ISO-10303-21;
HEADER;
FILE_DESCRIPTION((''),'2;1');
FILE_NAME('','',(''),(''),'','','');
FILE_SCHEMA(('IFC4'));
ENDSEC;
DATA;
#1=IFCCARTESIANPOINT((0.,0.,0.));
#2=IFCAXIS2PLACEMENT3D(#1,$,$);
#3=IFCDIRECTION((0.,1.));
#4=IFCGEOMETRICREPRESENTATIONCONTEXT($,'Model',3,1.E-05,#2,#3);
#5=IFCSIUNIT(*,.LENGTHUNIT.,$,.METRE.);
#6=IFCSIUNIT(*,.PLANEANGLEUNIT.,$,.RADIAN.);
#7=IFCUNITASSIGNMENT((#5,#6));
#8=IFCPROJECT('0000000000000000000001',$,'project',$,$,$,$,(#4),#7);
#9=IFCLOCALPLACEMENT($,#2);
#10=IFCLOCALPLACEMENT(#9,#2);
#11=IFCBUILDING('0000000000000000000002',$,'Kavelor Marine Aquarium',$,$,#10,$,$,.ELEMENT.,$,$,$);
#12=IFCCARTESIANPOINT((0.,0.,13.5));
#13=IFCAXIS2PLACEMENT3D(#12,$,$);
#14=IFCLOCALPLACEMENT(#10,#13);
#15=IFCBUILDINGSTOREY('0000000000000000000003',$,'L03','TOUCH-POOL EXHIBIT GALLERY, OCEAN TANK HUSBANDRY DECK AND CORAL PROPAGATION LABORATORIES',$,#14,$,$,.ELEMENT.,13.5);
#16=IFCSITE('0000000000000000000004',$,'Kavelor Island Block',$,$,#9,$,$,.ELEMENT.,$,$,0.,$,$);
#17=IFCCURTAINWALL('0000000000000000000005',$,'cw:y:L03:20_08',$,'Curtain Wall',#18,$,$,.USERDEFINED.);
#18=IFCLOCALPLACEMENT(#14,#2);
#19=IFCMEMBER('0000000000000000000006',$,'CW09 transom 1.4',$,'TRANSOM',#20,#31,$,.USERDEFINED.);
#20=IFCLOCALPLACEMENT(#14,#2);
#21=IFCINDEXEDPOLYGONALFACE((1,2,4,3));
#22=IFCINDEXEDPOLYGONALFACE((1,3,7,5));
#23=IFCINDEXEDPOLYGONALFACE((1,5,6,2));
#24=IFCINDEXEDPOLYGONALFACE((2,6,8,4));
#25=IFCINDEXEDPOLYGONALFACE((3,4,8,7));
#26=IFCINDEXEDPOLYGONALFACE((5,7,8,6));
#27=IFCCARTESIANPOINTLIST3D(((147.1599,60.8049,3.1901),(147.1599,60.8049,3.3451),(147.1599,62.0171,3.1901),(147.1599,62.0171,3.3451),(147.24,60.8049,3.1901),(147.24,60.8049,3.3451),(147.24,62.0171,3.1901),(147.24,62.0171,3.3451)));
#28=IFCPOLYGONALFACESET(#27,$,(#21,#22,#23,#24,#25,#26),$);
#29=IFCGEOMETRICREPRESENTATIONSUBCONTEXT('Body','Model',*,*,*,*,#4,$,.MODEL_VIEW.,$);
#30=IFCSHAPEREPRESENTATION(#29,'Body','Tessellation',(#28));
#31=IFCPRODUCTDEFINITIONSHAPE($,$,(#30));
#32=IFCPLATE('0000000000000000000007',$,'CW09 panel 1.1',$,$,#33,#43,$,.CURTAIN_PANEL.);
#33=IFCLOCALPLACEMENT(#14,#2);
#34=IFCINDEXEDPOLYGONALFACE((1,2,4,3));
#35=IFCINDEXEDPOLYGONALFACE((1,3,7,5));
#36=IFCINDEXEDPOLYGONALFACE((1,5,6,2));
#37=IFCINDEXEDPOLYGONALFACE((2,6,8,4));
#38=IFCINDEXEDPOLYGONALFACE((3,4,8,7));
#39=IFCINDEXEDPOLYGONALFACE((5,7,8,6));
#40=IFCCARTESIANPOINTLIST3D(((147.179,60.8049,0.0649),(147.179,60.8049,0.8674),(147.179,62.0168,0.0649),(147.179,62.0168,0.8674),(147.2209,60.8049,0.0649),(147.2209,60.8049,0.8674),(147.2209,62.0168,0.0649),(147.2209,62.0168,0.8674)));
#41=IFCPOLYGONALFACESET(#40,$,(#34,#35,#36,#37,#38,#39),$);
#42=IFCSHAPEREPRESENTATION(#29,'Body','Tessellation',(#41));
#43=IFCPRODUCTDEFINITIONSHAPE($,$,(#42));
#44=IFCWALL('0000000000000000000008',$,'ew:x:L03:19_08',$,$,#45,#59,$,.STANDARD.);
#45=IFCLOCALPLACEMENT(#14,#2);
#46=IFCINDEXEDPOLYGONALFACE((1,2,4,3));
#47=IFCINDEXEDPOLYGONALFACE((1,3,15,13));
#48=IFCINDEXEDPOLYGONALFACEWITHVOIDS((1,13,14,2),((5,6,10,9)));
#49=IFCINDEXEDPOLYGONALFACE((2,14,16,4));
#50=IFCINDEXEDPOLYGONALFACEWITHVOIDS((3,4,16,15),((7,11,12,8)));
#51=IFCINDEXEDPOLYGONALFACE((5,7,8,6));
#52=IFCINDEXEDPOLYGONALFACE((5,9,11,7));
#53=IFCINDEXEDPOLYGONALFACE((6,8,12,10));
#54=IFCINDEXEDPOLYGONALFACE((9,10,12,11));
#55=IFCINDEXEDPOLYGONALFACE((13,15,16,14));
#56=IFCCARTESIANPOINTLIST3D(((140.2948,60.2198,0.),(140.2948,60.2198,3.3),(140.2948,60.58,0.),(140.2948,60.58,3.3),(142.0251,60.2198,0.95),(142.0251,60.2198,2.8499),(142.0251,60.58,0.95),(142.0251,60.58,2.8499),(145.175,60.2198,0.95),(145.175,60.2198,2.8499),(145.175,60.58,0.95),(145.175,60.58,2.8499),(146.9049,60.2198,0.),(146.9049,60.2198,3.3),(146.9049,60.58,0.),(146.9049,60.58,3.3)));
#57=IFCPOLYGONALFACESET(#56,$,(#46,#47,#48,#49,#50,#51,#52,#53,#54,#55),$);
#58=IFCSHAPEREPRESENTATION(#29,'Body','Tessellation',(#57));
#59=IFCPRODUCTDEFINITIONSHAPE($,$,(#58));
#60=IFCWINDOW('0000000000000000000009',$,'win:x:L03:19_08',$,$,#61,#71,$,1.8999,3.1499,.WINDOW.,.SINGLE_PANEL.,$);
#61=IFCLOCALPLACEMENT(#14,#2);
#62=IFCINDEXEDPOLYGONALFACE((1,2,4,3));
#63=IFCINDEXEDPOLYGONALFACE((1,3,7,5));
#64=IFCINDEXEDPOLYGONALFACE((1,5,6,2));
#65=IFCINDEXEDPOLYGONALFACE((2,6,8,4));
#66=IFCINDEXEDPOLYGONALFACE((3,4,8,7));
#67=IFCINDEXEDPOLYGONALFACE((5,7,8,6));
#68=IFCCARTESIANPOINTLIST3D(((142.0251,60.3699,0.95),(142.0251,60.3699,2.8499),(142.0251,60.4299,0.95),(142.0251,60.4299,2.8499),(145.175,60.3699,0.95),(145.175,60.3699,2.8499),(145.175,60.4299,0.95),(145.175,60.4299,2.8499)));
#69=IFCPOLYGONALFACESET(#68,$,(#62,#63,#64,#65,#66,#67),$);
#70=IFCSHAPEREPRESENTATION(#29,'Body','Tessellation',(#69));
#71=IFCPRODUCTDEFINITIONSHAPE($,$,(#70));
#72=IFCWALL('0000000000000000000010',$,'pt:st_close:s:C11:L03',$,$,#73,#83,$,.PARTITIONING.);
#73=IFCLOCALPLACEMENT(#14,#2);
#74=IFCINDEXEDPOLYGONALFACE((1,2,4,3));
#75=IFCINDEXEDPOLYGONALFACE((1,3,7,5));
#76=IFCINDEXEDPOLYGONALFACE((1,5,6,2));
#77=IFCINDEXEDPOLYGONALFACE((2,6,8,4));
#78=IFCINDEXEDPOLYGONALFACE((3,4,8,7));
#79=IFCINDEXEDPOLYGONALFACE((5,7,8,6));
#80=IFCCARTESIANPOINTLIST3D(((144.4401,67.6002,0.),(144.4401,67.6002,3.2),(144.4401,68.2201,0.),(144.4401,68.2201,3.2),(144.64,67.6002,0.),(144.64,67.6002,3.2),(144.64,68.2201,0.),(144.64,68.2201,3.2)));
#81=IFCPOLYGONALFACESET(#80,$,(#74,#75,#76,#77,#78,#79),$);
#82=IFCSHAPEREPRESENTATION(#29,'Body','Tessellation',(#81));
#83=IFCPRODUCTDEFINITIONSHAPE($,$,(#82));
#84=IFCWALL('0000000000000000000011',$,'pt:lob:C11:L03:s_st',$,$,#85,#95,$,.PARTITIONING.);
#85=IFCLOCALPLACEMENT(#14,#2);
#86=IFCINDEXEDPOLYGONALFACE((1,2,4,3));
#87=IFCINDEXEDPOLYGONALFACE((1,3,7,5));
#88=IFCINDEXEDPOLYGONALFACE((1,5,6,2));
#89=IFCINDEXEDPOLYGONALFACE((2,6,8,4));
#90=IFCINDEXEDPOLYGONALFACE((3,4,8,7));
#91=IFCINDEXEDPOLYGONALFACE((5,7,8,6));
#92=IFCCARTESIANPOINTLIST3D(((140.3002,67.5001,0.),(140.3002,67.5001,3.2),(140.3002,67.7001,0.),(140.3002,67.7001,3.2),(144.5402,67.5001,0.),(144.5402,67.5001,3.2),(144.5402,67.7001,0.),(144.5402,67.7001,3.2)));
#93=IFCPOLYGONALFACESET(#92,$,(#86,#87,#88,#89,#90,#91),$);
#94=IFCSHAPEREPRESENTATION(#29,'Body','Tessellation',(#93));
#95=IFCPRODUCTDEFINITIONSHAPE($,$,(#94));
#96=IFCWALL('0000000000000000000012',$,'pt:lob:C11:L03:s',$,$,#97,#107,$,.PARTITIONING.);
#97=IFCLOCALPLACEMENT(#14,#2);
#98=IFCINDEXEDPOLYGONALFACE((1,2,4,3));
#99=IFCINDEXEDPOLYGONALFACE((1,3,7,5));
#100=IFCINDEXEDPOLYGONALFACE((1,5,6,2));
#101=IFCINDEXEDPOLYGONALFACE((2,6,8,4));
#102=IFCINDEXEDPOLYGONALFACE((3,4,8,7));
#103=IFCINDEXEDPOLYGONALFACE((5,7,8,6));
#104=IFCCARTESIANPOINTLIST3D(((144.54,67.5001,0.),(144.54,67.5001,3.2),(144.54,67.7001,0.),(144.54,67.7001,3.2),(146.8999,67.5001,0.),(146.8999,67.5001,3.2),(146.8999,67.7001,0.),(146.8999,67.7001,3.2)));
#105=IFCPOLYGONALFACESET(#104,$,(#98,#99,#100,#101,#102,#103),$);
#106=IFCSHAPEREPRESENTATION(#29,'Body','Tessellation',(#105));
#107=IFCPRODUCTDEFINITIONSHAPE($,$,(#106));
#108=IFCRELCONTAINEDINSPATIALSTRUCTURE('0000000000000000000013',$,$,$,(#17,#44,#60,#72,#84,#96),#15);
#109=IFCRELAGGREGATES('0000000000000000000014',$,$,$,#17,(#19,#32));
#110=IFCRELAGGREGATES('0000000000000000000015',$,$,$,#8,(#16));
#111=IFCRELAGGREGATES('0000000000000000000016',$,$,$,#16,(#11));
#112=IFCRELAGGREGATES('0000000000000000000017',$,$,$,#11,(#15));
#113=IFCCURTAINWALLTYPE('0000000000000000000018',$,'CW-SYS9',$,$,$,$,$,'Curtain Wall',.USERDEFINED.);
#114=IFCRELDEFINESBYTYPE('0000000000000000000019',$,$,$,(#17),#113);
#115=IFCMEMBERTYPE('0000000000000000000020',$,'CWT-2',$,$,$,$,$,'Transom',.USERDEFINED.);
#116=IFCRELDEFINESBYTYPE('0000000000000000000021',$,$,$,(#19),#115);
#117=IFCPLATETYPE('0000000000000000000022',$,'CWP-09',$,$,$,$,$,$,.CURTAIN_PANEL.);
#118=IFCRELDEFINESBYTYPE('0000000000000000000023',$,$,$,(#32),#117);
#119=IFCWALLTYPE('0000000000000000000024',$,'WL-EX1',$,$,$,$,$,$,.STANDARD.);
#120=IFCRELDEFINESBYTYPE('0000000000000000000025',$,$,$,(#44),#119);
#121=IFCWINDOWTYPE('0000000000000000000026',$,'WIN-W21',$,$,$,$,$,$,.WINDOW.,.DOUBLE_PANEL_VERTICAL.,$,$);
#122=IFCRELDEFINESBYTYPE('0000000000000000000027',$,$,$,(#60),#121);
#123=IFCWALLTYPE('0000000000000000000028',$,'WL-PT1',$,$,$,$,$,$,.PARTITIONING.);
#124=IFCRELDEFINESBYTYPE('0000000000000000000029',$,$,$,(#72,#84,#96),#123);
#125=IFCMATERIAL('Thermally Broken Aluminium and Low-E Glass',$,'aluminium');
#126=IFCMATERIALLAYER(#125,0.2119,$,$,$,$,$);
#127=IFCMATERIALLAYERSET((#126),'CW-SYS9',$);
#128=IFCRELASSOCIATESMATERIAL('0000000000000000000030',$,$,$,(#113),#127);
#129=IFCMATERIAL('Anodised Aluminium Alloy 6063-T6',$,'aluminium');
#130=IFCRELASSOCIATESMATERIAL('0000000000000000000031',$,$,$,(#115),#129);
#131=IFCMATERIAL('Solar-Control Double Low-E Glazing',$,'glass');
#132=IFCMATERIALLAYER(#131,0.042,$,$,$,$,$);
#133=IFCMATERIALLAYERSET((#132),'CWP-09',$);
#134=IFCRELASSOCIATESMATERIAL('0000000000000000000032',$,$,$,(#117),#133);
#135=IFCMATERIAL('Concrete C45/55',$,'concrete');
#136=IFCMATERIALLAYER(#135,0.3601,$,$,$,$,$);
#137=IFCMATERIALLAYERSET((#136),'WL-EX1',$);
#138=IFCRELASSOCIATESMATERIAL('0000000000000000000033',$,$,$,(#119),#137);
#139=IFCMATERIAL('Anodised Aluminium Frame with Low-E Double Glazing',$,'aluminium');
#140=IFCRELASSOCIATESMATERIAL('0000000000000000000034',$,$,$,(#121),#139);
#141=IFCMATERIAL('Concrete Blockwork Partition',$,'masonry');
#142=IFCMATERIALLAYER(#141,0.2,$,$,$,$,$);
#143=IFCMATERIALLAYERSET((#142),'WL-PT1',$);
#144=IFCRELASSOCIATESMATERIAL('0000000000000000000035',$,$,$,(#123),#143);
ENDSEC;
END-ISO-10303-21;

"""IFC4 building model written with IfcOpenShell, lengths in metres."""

from ifc_helpers import new_model, si_unit, direction, frame, frame_2d, origin, origin_2d, place, context, subcontext, project, spatial, rectangle, extrude, material, layer, layer_set, material_profile, profile_set, type_object, element, fill, aggregate, save


model = new_model("IFC4")

# Units and contexts
model_context = context("Model", 3, precision=1e-05, world=origin(), true_north=direction((0.0, 1.0)))
body_context = subcontext(model_context, "Body", "Model", "MODEL_VIEW")
ifc_project = project(units=[si_unit("LENGTHUNIT", "METRE"), si_unit("PLANEANGLEUNIT", "RADIAN")], contexts=[model_context])

# Site, building, storey
site_placement = place(None, origin())
site = spatial("IfcSite", under=ifc_project, at=site_placement, Name="Kavelor Island Block", CompositionType="ELEMENT", RefElevation=0.0)
building_placement = place(site_placement, origin())
building = spatial("IfcBuilding", under=site, at=building_placement, Name="Kavelor Marine Aquarium", CompositionType="ELEMENT")
storey_placement = place(building_placement, frame((0.0, 0.0, 13.5)))
storey = spatial("IfcBuildingStorey", under=building, at=storey_placement, Name="L03", Description="TOUCH-POOL EXHIBIT GALLERY, OCEAN TANK HUSBANDRY DECK AND CORAL PROPAGATION LABORATORIES", CompositionType="ELEMENT", Elevation=13.5)

# Curtain wall
ifc_material_1 = material(Name="Thermally Broken Aluminium and Low-E Glass", Category="aluminium")
ifc_layer_1 = layer(ifc_material_1, 0.2119)
ifc_layer_set_1 = layer_set([ifc_layer_1], Name="CW-SYS9")
curtain_wall_type = type_object("IfcCurtainWallType", Name="CW-SYS9", ElementType="Curtain Wall", PredefinedType="USERDEFINED", material=ifc_layer_set_1)
curtain_wall_1_placement = place(storey_placement, origin())
curtain_wall_1 = element("IfcCurtainWall", 1, at=curtain_wall_1_placement, inside=storey, type_object=curtain_wall_type, Name="cw:y:L03:20_08", ObjectType="Curtain Wall", PredefinedType="USERDEFINED")

# Member
ifc_material_2 = material(Name="Anodised Aluminium Alloy 6063-T6", Category="aluminium")
ifc_material_profile_1 = material_profile(ifc_material_2, rectangle(XDim=0.0801, YDim=0.155, at=origin_2d()), Name="CW-TRN 80x155")
ifc_profile_set_1 = profile_set([ifc_material_profile_1], Name="Anodised Aluminium Alloy 6063-T6")
member_type_1 = type_object("IfcMemberType", Name="CWT-2", ElementType="Transom", PredefinedType="USERDEFINED", material=ifc_profile_set_1)
member_1_placement = place(storey_placement, frame((147.2, 60.8049, 3.2676), z_axis=(0.0, 1.0, 0.0), x_axis=(-1.0, 0.0, 0.0)))
member_1 = element("IfcMember", 2, at=member_1_placement, type_object=member_type_1, Name="CW09 transom 1.4", ObjectType="TRANSOM", PredefinedType="USERDEFINED", context=body_context, shape_type="SweptSolid", body=[
    extrude(rectangle(XDim=0.0801, YDim=0.155, at=origin_2d()), origin(), (0.0, 0.0, 1.0), 1.2122),
])

# Plate
ifc_material_3 = material(Name="Solar-Control Double Low-E Glazing", Category="glass")
ifc_layer_2 = layer(ifc_material_3, 0.042)
ifc_layer_set_2 = layer_set([ifc_layer_2], Name="CWP-09")
plate_type = type_object("IfcPlateType", Name="CWP-09", PredefinedType="CURTAIN_PANEL", material=ifc_layer_set_2)
plate_placement = place(storey_placement, frame((147.2, 61.4109, 0.0649), z_axis=(0.0, 0.0, 1.0), x_axis=(0.0, 1.0, 0.0)))
plate = element("IfcPlate", 3, at=plate_placement, type_object=plate_type, Name="CW09 panel 1.1", PredefinedType="CURTAIN_PANEL", context=body_context, shape_type="SweptSolid", body=[
    extrude(rectangle(XDim=1.2119, YDim=0.042, at=origin_2d()), origin(), (0.0, 0.0, 1.0), 0.8025),
])
aggregate(curtain_wall_1, [member_1, plate])

# Wall, opening, window
ifc_material_4 = material(Name="Concrete C45/55", Category="concrete")
ifc_layer_3 = layer(ifc_material_4, 0.3601)
ifc_layer_set_3 = layer_set([ifc_layer_3], Name="WL-EX1")
wall_type_1 = type_object("IfcWallType", Name="WL-EX1", PredefinedType="STANDARD", material=ifc_layer_set_3)
wall_1_placement = place(storey_placement, frame((146.905, 60.3999, 0.0), z_axis=(0.0, 0.0, 1.0), x_axis=(-1.0, 0.0, 0.0)))
wall_1 = element("IfcWall", 4, at=wall_1_placement, inside=storey, type_object=wall_type_1, Name="ew:x:L03:19_08", PredefinedType="STANDARD", context=body_context, shape_type="SweptSolid", body=[
    extrude(rectangle(XDim=6.6101, YDim=0.3601, at=frame_2d((3.3052, 0.0))), origin(), (0.0, 0.0, 1.0), 3.3),
])
opening_placement = place(wall_1_placement, frame((1.73, 0.0, 0.95)))
opening = element("IfcOpeningElement", 5, at=opening_placement, cuts=wall_1, PredefinedType="OPENING", context=body_context, shape_type="SweptSolid", body=[
    extrude(rectangle(XDim=3.1499, YDim=1.8999, at=frame_2d((1.575, 0.95))), frame((0.0, 0.1899, 0.0), z_axis=(0.0, -1.0, 0.0), x_axis=(1.0, 0.0, 0.0)), (0.0, 0.0, 1.0), 0.3801),
])
ifc_material_5 = material(Name="Anodised Aluminium Frame with Low-E Double Glazing", Category="aluminium")
window_type = type_object("IfcWindowType", Name="WIN-W21", PartitioningType="DOUBLE_PANEL_VERTICAL", PredefinedType="WINDOW", material=ifc_material_5)
window_placement = place(opening_placement, origin())
window = element("IfcWindow", 6, at=window_placement, inside=storey, type_object=window_type, Name="win:x:L03:19_08", OverallHeight=1.8999, OverallWidth=3.1499, PartitioningType="SINGLE_PANEL", PredefinedType="WINDOW", context=body_context, shape_type="SweptSolid", body=[
    extrude(rectangle(XDim=3.1499, YDim=1.8999, at=frame_2d((1.575, 0.95))), frame((0.0, 0.03, 0.0), z_axis=(0.0, -1.0, 0.0), x_axis=(1.0, 0.0, 0.0)), (0.0, 0.0, 1.0), 0.0601),
])
fill(opening, window)

# Walls
ifc_material_6 = material(Name="Concrete Blockwork Partition", Category="masonry")
ifc_layer_4 = layer(ifc_material_6, 0.2)
ifc_layer_set_4 = layer_set([ifc_layer_4], Name="WL-PT1")
wall_type_2 = type_object("IfcWallType", Name="WL-PT1", PredefinedType="PARTITIONING", material=ifc_layer_set_4)
wall_2_placement = place(storey_placement, frame((144.54, 67.6001, 0.0), z_axis=(0.0, 0.0, 1.0), x_axis=(0.0, 1.0, 0.0)))
element("IfcWall", 7, at=wall_2_placement, inside=storey, type_object=wall_type_2, Name="pt:st_close:s:C11:L03", PredefinedType="PARTITIONING", context=body_context, shape_type="SweptSolid", body=[
    extrude(rectangle(XDim=0.6199, YDim=0.2, at=frame_2d((0.3101, 0.0))), origin(), (0.0, 0.0, 1.0), 3.2),
])
wall_3_placement = place(storey_placement, frame((140.3, 67.6001, 0.0), z_axis=(0.0, 0.0, 1.0), x_axis=(1.0, 0.0, 0.0)))
element("IfcWall", 8, at=wall_3_placement, inside=storey, type_object=wall_type_2, Name="pt:lob:C11:L03:s_st", PredefinedType="PARTITIONING", context=body_context, shape_type="SweptSolid", body=[
    extrude(rectangle(XDim=4.24, YDim=0.2, at=frame_2d((2.1201, 0.0))), origin(), (0.0, 0.0, 1.0), 3.2),
])
wall_4_placement = place(storey_placement, frame((144.54, 67.6001, 0.0), z_axis=(0.0, 0.0, 1.0), x_axis=(1.0, 0.0, 0.0)))
element("IfcWall", 9, at=wall_4_placement, inside=storey, type_object=wall_type_2, Name="pt:lob:C11:L03:s", PredefinedType="PARTITIONING", context=body_context, shape_type="SweptSolid", body=[
    extrude(rectangle(XDim=2.3599, YDim=0.2, at=frame_2d((1.1799, 0.0))), origin(), (0.0, 0.0, 1.0), 3.2),
])

save(model, "model.ifc")
